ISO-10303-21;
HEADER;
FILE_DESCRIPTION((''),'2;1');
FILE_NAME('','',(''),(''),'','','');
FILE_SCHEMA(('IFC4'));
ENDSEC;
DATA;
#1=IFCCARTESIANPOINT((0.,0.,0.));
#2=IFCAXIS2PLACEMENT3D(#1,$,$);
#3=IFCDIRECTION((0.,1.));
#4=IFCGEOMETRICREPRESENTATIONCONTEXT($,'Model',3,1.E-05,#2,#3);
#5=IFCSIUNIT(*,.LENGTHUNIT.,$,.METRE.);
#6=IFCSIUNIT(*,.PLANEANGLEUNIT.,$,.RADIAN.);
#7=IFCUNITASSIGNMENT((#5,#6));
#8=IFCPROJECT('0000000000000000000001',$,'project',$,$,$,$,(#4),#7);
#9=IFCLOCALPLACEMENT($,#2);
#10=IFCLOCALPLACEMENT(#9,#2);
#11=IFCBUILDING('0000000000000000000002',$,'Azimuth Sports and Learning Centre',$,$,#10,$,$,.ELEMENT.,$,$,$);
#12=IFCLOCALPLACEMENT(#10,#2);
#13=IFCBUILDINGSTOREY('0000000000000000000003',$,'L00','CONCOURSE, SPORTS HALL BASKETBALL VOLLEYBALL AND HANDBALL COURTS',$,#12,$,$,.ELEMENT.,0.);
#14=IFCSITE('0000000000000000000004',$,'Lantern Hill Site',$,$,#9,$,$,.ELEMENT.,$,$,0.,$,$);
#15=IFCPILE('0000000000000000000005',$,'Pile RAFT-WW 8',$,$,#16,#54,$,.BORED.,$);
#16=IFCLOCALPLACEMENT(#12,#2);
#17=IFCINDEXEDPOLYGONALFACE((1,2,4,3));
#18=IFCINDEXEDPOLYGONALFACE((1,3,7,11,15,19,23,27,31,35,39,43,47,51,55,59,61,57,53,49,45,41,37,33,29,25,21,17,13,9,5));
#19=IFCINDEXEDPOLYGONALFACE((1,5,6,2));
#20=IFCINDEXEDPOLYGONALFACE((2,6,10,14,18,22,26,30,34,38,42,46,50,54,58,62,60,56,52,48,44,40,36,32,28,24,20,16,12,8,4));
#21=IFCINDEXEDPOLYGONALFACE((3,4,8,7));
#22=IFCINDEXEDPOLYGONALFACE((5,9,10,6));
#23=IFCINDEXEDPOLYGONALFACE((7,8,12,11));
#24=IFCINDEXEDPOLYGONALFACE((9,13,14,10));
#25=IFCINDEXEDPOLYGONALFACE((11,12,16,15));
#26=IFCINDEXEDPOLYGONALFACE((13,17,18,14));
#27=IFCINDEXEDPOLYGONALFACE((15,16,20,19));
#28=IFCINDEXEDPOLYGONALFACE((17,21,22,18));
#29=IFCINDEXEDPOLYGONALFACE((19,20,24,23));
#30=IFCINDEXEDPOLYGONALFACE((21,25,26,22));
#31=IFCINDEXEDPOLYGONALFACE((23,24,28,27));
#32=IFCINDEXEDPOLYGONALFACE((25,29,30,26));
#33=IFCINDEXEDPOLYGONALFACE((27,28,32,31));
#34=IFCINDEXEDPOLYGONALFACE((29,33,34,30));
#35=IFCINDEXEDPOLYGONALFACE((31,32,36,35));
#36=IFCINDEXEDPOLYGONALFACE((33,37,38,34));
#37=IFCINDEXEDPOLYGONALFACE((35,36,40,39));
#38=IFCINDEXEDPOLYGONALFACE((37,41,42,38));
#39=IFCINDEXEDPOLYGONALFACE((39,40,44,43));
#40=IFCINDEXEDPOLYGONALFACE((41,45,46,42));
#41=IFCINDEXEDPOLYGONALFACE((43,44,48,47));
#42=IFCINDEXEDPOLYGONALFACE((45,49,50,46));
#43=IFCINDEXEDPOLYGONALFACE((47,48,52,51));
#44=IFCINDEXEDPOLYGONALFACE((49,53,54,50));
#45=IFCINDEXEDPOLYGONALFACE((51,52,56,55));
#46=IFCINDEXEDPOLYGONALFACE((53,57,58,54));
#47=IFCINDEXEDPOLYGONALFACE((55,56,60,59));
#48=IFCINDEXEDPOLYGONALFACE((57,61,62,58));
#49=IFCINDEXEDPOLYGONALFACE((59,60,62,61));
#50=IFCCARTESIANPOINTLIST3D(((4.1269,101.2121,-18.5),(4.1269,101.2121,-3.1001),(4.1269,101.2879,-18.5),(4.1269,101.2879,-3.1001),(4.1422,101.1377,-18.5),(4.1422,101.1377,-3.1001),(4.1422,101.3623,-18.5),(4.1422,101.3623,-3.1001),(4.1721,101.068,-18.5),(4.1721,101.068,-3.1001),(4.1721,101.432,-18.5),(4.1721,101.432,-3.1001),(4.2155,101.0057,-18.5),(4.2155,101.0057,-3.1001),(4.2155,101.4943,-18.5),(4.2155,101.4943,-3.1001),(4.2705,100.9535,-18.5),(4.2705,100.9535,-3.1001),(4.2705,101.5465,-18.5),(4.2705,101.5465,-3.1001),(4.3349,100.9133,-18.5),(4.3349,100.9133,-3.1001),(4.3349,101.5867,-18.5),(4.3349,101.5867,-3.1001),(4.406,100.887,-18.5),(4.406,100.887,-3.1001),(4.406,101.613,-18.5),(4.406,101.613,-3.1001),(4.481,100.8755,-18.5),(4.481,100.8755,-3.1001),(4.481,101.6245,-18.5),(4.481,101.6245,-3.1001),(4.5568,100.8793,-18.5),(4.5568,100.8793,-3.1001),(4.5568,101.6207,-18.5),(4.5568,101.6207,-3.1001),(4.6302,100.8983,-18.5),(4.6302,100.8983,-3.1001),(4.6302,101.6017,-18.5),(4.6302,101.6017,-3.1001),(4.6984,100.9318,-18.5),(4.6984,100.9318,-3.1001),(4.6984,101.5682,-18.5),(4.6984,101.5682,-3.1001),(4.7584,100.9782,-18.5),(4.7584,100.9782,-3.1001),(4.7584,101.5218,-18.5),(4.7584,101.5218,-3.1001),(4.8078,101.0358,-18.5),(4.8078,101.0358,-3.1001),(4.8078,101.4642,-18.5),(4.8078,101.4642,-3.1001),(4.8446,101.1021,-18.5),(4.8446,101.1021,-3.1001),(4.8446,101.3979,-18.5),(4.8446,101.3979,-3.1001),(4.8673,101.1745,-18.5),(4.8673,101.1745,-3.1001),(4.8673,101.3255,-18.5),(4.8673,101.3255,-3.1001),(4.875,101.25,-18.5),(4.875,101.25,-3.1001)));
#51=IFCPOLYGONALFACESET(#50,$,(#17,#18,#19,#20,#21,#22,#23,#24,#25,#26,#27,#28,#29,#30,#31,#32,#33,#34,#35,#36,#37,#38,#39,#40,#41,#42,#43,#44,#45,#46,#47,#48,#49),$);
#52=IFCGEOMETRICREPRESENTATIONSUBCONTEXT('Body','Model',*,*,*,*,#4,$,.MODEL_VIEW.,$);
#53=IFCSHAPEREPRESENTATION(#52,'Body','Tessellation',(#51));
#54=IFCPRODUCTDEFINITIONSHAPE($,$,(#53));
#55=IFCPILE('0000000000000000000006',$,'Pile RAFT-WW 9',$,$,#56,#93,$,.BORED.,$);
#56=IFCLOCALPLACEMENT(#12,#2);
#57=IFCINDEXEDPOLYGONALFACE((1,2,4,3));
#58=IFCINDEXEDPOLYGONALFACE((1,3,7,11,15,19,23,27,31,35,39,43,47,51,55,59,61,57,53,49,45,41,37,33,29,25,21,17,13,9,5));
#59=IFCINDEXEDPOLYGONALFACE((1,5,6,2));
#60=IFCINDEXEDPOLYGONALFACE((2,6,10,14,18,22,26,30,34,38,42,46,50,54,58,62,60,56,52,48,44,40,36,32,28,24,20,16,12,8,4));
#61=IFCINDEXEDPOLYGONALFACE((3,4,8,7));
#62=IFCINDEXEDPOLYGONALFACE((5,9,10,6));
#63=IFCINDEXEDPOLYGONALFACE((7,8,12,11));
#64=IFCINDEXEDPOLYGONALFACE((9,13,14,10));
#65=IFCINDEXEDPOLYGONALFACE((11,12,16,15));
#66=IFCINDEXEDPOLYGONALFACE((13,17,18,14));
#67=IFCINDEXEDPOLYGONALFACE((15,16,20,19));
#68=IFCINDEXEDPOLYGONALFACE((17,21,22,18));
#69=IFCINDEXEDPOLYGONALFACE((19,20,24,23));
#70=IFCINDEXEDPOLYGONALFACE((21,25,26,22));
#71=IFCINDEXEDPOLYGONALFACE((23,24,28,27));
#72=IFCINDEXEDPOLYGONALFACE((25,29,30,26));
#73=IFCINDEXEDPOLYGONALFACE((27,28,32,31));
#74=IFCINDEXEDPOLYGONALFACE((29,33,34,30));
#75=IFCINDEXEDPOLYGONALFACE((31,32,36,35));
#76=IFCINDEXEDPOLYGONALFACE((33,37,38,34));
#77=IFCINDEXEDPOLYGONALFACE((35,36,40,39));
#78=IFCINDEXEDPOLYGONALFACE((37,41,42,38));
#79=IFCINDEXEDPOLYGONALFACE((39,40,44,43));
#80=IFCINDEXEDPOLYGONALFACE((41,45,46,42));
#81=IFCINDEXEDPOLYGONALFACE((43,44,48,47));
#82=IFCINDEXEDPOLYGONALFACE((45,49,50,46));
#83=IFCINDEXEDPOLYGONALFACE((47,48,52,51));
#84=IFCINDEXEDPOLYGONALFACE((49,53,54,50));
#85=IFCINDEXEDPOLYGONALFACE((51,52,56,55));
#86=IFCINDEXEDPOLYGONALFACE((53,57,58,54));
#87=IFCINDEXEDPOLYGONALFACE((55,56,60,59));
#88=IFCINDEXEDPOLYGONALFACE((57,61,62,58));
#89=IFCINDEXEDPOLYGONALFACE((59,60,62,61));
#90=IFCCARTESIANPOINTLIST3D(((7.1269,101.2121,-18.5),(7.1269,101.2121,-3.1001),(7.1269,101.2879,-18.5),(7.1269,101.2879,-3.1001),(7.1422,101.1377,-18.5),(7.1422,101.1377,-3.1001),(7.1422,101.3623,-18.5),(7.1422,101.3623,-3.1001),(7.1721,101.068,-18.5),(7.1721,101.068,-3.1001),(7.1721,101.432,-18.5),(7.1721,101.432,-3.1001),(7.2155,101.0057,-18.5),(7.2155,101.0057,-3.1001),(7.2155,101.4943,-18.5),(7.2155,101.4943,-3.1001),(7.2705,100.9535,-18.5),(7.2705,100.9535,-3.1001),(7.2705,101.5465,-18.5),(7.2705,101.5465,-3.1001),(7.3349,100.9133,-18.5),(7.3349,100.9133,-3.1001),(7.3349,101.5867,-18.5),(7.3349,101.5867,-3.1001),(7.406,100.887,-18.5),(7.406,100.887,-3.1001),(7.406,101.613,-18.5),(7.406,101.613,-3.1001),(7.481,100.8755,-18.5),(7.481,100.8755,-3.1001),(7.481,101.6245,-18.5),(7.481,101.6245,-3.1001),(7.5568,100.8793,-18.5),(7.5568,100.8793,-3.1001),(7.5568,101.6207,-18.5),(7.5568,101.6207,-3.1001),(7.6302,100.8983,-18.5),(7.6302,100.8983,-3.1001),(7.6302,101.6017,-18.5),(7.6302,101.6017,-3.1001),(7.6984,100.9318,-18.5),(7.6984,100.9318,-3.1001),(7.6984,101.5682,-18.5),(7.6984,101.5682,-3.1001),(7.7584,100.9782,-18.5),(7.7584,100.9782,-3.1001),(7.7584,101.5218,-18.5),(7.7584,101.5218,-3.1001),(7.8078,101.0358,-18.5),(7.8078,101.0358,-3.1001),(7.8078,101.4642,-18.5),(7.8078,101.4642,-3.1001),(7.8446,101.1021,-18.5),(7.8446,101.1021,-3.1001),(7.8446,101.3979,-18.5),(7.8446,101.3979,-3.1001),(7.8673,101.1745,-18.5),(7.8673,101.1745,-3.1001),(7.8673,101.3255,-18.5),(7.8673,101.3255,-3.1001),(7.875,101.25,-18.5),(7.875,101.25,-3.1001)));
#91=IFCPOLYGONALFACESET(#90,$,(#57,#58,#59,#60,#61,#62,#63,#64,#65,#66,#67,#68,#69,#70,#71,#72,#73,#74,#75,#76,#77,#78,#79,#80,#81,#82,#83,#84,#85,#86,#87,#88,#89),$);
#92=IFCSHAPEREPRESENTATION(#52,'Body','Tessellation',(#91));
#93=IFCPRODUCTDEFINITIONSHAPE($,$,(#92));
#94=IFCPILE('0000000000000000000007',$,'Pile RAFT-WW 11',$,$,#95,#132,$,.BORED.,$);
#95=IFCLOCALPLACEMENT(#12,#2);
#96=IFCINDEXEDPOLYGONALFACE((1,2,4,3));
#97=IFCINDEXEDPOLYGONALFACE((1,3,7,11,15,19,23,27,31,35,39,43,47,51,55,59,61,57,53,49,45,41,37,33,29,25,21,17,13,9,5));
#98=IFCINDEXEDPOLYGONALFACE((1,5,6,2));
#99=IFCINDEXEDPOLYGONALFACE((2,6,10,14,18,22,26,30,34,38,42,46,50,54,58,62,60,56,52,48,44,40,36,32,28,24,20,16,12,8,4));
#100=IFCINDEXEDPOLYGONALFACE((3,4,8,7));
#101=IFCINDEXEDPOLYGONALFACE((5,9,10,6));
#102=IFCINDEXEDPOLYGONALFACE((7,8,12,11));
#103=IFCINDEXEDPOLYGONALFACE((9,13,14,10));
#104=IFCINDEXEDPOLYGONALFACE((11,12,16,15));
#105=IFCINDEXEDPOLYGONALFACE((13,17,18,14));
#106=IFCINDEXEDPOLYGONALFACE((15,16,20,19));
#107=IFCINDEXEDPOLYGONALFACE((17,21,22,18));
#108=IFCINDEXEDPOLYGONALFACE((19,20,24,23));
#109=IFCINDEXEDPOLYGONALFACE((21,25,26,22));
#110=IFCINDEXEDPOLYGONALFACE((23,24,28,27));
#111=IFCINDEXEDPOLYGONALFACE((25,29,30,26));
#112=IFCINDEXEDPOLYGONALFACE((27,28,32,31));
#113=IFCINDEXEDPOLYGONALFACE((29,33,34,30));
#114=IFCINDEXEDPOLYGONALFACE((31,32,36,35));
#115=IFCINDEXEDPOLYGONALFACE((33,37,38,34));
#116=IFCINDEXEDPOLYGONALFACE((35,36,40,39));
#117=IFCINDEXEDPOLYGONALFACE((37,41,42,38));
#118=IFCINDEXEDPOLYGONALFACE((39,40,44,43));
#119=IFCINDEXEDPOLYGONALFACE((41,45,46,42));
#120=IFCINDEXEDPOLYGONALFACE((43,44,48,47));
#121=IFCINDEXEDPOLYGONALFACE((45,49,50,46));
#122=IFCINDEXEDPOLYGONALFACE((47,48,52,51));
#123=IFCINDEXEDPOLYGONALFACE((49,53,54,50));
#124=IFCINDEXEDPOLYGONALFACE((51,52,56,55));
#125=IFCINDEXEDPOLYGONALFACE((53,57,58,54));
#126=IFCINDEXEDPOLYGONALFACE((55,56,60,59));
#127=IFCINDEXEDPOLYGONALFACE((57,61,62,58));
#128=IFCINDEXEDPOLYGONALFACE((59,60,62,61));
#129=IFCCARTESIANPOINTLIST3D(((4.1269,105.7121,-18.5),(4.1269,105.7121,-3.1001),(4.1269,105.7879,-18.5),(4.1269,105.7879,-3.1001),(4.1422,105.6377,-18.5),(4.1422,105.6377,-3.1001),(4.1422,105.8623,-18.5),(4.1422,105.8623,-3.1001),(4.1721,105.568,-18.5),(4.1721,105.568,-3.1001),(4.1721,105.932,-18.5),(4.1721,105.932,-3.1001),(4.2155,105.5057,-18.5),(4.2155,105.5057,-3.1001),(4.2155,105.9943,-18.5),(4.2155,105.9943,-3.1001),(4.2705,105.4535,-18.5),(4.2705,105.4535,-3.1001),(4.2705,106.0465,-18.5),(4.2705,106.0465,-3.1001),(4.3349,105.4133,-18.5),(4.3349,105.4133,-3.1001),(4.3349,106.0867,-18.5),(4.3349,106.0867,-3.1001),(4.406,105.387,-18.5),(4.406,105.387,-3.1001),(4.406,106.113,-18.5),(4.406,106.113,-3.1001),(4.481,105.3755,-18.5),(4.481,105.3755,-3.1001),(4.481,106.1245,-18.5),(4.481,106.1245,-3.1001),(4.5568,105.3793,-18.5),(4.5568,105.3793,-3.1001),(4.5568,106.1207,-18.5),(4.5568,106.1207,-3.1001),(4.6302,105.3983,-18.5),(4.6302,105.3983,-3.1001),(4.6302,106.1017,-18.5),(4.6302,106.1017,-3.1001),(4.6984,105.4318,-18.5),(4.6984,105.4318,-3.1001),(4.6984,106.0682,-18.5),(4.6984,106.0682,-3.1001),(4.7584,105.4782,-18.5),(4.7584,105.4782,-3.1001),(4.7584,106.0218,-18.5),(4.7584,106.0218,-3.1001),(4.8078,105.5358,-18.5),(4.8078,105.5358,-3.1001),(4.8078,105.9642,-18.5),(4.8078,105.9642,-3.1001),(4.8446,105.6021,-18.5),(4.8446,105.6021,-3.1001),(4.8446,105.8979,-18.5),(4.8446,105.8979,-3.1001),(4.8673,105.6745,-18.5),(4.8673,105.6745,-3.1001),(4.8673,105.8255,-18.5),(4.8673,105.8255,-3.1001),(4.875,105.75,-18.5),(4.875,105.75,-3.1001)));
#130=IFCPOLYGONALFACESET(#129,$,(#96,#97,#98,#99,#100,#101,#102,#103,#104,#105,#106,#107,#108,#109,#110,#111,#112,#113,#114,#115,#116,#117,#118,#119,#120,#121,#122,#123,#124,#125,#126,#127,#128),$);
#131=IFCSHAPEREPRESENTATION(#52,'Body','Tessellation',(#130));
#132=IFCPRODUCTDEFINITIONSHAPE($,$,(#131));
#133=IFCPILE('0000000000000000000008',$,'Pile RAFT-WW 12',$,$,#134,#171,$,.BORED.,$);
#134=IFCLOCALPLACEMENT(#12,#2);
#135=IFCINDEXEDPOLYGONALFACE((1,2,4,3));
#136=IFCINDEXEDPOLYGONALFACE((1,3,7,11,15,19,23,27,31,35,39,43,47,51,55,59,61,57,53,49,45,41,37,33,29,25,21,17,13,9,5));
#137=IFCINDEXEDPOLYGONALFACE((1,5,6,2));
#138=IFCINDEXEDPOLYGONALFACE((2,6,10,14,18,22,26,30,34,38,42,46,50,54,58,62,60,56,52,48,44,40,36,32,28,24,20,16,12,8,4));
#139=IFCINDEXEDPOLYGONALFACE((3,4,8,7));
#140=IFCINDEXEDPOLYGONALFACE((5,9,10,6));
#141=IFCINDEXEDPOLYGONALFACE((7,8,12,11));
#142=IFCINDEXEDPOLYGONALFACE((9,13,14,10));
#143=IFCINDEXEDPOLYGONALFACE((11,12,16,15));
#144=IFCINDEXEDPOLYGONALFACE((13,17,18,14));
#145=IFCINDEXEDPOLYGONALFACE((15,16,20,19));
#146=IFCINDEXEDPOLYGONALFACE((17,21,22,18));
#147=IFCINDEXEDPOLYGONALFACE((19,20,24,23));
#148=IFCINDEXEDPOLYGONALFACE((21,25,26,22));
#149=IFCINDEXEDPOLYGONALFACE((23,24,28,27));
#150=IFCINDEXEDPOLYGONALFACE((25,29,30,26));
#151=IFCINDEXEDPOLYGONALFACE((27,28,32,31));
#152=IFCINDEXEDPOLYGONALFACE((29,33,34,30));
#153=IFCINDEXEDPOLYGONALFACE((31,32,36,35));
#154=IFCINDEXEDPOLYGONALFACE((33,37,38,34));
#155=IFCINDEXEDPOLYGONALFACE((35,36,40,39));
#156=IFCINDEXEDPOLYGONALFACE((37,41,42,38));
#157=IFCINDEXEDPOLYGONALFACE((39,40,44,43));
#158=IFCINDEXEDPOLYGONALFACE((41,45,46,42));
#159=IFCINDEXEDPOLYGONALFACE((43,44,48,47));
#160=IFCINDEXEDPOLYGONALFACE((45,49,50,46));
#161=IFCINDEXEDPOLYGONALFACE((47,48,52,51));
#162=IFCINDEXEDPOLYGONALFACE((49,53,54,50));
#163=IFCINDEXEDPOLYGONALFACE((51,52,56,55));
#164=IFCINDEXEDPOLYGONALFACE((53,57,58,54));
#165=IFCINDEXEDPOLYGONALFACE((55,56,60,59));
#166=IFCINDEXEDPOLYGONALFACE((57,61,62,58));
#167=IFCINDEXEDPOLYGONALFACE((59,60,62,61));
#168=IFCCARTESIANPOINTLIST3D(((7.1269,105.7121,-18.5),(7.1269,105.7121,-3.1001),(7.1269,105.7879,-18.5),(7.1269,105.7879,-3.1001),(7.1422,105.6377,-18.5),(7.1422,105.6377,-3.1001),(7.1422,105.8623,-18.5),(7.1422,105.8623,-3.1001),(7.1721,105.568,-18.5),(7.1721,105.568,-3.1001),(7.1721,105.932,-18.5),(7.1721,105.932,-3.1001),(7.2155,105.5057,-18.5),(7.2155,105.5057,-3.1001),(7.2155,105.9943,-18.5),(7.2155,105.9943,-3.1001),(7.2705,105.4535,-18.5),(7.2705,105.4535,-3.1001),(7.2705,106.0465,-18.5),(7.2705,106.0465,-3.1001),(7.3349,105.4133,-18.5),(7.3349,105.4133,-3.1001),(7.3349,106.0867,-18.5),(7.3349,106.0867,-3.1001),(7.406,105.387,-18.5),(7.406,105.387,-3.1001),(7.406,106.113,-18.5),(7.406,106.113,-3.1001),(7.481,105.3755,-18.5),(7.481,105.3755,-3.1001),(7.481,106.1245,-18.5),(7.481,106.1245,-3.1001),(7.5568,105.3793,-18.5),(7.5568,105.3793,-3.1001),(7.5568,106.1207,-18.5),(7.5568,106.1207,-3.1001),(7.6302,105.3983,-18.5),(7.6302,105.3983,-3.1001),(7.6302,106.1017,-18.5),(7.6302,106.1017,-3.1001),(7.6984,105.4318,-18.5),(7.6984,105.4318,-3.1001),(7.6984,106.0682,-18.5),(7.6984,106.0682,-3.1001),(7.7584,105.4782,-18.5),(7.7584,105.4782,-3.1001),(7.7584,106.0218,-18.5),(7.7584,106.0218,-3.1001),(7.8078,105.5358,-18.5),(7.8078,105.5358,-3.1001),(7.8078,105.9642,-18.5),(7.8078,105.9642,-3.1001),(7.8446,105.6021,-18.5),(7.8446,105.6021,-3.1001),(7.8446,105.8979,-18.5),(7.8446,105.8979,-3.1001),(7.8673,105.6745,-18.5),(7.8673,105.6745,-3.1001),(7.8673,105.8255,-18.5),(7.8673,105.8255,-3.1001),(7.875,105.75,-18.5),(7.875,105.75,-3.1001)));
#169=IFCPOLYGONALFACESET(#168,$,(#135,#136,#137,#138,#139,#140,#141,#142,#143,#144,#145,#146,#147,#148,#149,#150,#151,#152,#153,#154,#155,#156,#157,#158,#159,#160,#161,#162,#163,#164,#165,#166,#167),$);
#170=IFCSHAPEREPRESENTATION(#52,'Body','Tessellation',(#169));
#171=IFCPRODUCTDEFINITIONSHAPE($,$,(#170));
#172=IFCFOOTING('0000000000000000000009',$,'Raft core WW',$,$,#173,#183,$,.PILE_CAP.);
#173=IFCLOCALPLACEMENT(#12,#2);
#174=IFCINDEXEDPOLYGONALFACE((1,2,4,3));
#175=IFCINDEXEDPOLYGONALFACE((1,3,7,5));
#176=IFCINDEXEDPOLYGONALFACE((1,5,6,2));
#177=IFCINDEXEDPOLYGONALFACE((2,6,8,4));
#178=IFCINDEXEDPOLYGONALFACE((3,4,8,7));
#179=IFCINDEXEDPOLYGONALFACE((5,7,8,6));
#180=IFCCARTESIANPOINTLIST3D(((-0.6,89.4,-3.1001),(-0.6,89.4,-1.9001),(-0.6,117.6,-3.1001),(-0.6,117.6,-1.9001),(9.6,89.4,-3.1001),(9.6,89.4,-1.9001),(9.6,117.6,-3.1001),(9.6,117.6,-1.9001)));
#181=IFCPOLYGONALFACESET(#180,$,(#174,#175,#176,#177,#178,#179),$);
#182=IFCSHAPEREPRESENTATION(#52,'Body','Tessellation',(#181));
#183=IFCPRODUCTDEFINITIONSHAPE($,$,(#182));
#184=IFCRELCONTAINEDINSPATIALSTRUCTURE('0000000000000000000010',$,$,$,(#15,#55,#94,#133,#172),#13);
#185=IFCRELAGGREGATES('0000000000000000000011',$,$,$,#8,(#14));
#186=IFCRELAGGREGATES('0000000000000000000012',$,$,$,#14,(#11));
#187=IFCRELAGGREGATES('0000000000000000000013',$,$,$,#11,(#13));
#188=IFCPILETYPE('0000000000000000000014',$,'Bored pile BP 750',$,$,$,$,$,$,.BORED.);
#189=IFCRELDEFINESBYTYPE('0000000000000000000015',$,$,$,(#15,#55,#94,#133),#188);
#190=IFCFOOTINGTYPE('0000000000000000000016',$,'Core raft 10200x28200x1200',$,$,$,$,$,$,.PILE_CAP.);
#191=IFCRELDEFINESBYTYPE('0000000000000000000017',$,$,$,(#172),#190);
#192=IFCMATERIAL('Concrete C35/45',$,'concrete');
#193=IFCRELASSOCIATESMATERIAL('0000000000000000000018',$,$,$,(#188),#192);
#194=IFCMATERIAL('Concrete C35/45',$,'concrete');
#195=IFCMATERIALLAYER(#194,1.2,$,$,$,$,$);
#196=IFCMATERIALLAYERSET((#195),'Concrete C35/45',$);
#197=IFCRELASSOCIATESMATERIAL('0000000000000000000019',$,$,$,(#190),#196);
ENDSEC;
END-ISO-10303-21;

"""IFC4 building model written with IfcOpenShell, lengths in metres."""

from ifc_helpers import new_model, si_unit, direction, frame, origin, origin_2d, place, context, subcontext, project, spatial, rectangle, circle, extrude, material, layer, layer_set, material_profile, profile_set, type_object, element, save


model = new_model("IFC4")

# Units and contexts
model_context = context("Model", 3, precision=1e-05, world=origin(), true_north=direction((0.0, 1.0)))
body_context = subcontext(model_context, "Body", "Model", "MODEL_VIEW")
ifc_project = project(units=[si_unit("LENGTHUNIT", "METRE"), si_unit("PLANEANGLEUNIT", "RADIAN")], contexts=[model_context])

# Site, building, storey
site_placement = place(None, origin())
site = spatial("IfcSite", under=ifc_project, at=site_placement, Name="Lantern Hill Site", CompositionType="ELEMENT", RefElevation=0.0)
building_placement = place(site_placement, origin())
building = spatial("IfcBuilding", under=site, at=building_placement, Name="Azimuth Sports and Learning Centre", CompositionType="ELEMENT")
storey_placement = place(building_placement, origin())
storey = spatial("IfcBuildingStorey", under=building, at=storey_placement, Name="L00", Description="CONCOURSE, SPORTS HALL BASKETBALL VOLLEYBALL AND HANDBALL COURTS", CompositionType="ELEMENT", Elevation=0.0)

# Piles
ifc_material_1 = material(Name="Concrete C35/45", Category="concrete")
ifc_material_profile_1 = material_profile(ifc_material_1, circle(Radius=0.375, at=origin_2d()), Name="BP 750")
ifc_profile_set_1 = profile_set([ifc_material_profile_1], Name="Concrete C35/45")
pile_type = type_object("IfcPileType", Name="Bored pile BP 750", PredefinedType="BORED", material=ifc_profile_set_1)
for number, where, z_axis, x_axis, name in (
    (1, (4.5, 101.25, -3.1001), (0.0, 0.0, -1.0), (1.0, 0.0, 0.0), "Pile RAFT-WW 8"),
    (2, (7.5, 101.25, -3.1001), (0.0, 0.0, -1.0), (1.0, 0.0, 0.0), "Pile RAFT-WW 9"),
    (3, (4.5, 105.75, -3.1001), (0.0, 0.0, -1.0), (1.0, 0.0, 0.0), "Pile RAFT-WW 11"),
    (4, (7.5, 105.75, -3.1001), (0.0, 0.0, -1.0), (1.0, 0.0, 0.0), "Pile RAFT-WW 12"),
):
    element("IfcPile", number, at=place(storey_placement, frame(where, z_axis=z_axis, x_axis=x_axis)), inside=storey, type_object=pile_type, Name=name, PredefinedType="BORED", context=body_context, shape_type="SweptSolid", body=[
        extrude(circle(Radius=0.375, at=origin_2d()), origin(), (0.0, 0.0, 1.0), 15.3999),
    ])

# Footing
ifc_material_2 = material(Name="Concrete C35/45", Category="concrete")
ifc_layer_1 = layer(ifc_material_2, 1.2)
ifc_layer_set_1 = layer_set([ifc_layer_1], Name="Concrete C35/45")
footing_type = type_object("IfcFootingType", Name="Core raft 10200x28200x1200", PredefinedType="PILE_CAP", material=ifc_layer_set_1)
footing_placement = place(storey_placement, frame((4.5, 103.5, -3.1001), z_axis=(0.0, 0.0, 1.0), x_axis=(1.0, 0.0, 0.0)))
element("IfcFooting", 5, at=footing_placement, inside=storey, type_object=footing_type, Name="Raft core WW", PredefinedType="PILE_CAP", context=body_context, shape_type="SweptSolid", body=[
    extrude(rectangle(XDim=10.2, YDim=28.2, at=origin_2d()), origin(), (0.0, 0.0, 1.0), 1.2),
])

save(model, "model.ifc")
